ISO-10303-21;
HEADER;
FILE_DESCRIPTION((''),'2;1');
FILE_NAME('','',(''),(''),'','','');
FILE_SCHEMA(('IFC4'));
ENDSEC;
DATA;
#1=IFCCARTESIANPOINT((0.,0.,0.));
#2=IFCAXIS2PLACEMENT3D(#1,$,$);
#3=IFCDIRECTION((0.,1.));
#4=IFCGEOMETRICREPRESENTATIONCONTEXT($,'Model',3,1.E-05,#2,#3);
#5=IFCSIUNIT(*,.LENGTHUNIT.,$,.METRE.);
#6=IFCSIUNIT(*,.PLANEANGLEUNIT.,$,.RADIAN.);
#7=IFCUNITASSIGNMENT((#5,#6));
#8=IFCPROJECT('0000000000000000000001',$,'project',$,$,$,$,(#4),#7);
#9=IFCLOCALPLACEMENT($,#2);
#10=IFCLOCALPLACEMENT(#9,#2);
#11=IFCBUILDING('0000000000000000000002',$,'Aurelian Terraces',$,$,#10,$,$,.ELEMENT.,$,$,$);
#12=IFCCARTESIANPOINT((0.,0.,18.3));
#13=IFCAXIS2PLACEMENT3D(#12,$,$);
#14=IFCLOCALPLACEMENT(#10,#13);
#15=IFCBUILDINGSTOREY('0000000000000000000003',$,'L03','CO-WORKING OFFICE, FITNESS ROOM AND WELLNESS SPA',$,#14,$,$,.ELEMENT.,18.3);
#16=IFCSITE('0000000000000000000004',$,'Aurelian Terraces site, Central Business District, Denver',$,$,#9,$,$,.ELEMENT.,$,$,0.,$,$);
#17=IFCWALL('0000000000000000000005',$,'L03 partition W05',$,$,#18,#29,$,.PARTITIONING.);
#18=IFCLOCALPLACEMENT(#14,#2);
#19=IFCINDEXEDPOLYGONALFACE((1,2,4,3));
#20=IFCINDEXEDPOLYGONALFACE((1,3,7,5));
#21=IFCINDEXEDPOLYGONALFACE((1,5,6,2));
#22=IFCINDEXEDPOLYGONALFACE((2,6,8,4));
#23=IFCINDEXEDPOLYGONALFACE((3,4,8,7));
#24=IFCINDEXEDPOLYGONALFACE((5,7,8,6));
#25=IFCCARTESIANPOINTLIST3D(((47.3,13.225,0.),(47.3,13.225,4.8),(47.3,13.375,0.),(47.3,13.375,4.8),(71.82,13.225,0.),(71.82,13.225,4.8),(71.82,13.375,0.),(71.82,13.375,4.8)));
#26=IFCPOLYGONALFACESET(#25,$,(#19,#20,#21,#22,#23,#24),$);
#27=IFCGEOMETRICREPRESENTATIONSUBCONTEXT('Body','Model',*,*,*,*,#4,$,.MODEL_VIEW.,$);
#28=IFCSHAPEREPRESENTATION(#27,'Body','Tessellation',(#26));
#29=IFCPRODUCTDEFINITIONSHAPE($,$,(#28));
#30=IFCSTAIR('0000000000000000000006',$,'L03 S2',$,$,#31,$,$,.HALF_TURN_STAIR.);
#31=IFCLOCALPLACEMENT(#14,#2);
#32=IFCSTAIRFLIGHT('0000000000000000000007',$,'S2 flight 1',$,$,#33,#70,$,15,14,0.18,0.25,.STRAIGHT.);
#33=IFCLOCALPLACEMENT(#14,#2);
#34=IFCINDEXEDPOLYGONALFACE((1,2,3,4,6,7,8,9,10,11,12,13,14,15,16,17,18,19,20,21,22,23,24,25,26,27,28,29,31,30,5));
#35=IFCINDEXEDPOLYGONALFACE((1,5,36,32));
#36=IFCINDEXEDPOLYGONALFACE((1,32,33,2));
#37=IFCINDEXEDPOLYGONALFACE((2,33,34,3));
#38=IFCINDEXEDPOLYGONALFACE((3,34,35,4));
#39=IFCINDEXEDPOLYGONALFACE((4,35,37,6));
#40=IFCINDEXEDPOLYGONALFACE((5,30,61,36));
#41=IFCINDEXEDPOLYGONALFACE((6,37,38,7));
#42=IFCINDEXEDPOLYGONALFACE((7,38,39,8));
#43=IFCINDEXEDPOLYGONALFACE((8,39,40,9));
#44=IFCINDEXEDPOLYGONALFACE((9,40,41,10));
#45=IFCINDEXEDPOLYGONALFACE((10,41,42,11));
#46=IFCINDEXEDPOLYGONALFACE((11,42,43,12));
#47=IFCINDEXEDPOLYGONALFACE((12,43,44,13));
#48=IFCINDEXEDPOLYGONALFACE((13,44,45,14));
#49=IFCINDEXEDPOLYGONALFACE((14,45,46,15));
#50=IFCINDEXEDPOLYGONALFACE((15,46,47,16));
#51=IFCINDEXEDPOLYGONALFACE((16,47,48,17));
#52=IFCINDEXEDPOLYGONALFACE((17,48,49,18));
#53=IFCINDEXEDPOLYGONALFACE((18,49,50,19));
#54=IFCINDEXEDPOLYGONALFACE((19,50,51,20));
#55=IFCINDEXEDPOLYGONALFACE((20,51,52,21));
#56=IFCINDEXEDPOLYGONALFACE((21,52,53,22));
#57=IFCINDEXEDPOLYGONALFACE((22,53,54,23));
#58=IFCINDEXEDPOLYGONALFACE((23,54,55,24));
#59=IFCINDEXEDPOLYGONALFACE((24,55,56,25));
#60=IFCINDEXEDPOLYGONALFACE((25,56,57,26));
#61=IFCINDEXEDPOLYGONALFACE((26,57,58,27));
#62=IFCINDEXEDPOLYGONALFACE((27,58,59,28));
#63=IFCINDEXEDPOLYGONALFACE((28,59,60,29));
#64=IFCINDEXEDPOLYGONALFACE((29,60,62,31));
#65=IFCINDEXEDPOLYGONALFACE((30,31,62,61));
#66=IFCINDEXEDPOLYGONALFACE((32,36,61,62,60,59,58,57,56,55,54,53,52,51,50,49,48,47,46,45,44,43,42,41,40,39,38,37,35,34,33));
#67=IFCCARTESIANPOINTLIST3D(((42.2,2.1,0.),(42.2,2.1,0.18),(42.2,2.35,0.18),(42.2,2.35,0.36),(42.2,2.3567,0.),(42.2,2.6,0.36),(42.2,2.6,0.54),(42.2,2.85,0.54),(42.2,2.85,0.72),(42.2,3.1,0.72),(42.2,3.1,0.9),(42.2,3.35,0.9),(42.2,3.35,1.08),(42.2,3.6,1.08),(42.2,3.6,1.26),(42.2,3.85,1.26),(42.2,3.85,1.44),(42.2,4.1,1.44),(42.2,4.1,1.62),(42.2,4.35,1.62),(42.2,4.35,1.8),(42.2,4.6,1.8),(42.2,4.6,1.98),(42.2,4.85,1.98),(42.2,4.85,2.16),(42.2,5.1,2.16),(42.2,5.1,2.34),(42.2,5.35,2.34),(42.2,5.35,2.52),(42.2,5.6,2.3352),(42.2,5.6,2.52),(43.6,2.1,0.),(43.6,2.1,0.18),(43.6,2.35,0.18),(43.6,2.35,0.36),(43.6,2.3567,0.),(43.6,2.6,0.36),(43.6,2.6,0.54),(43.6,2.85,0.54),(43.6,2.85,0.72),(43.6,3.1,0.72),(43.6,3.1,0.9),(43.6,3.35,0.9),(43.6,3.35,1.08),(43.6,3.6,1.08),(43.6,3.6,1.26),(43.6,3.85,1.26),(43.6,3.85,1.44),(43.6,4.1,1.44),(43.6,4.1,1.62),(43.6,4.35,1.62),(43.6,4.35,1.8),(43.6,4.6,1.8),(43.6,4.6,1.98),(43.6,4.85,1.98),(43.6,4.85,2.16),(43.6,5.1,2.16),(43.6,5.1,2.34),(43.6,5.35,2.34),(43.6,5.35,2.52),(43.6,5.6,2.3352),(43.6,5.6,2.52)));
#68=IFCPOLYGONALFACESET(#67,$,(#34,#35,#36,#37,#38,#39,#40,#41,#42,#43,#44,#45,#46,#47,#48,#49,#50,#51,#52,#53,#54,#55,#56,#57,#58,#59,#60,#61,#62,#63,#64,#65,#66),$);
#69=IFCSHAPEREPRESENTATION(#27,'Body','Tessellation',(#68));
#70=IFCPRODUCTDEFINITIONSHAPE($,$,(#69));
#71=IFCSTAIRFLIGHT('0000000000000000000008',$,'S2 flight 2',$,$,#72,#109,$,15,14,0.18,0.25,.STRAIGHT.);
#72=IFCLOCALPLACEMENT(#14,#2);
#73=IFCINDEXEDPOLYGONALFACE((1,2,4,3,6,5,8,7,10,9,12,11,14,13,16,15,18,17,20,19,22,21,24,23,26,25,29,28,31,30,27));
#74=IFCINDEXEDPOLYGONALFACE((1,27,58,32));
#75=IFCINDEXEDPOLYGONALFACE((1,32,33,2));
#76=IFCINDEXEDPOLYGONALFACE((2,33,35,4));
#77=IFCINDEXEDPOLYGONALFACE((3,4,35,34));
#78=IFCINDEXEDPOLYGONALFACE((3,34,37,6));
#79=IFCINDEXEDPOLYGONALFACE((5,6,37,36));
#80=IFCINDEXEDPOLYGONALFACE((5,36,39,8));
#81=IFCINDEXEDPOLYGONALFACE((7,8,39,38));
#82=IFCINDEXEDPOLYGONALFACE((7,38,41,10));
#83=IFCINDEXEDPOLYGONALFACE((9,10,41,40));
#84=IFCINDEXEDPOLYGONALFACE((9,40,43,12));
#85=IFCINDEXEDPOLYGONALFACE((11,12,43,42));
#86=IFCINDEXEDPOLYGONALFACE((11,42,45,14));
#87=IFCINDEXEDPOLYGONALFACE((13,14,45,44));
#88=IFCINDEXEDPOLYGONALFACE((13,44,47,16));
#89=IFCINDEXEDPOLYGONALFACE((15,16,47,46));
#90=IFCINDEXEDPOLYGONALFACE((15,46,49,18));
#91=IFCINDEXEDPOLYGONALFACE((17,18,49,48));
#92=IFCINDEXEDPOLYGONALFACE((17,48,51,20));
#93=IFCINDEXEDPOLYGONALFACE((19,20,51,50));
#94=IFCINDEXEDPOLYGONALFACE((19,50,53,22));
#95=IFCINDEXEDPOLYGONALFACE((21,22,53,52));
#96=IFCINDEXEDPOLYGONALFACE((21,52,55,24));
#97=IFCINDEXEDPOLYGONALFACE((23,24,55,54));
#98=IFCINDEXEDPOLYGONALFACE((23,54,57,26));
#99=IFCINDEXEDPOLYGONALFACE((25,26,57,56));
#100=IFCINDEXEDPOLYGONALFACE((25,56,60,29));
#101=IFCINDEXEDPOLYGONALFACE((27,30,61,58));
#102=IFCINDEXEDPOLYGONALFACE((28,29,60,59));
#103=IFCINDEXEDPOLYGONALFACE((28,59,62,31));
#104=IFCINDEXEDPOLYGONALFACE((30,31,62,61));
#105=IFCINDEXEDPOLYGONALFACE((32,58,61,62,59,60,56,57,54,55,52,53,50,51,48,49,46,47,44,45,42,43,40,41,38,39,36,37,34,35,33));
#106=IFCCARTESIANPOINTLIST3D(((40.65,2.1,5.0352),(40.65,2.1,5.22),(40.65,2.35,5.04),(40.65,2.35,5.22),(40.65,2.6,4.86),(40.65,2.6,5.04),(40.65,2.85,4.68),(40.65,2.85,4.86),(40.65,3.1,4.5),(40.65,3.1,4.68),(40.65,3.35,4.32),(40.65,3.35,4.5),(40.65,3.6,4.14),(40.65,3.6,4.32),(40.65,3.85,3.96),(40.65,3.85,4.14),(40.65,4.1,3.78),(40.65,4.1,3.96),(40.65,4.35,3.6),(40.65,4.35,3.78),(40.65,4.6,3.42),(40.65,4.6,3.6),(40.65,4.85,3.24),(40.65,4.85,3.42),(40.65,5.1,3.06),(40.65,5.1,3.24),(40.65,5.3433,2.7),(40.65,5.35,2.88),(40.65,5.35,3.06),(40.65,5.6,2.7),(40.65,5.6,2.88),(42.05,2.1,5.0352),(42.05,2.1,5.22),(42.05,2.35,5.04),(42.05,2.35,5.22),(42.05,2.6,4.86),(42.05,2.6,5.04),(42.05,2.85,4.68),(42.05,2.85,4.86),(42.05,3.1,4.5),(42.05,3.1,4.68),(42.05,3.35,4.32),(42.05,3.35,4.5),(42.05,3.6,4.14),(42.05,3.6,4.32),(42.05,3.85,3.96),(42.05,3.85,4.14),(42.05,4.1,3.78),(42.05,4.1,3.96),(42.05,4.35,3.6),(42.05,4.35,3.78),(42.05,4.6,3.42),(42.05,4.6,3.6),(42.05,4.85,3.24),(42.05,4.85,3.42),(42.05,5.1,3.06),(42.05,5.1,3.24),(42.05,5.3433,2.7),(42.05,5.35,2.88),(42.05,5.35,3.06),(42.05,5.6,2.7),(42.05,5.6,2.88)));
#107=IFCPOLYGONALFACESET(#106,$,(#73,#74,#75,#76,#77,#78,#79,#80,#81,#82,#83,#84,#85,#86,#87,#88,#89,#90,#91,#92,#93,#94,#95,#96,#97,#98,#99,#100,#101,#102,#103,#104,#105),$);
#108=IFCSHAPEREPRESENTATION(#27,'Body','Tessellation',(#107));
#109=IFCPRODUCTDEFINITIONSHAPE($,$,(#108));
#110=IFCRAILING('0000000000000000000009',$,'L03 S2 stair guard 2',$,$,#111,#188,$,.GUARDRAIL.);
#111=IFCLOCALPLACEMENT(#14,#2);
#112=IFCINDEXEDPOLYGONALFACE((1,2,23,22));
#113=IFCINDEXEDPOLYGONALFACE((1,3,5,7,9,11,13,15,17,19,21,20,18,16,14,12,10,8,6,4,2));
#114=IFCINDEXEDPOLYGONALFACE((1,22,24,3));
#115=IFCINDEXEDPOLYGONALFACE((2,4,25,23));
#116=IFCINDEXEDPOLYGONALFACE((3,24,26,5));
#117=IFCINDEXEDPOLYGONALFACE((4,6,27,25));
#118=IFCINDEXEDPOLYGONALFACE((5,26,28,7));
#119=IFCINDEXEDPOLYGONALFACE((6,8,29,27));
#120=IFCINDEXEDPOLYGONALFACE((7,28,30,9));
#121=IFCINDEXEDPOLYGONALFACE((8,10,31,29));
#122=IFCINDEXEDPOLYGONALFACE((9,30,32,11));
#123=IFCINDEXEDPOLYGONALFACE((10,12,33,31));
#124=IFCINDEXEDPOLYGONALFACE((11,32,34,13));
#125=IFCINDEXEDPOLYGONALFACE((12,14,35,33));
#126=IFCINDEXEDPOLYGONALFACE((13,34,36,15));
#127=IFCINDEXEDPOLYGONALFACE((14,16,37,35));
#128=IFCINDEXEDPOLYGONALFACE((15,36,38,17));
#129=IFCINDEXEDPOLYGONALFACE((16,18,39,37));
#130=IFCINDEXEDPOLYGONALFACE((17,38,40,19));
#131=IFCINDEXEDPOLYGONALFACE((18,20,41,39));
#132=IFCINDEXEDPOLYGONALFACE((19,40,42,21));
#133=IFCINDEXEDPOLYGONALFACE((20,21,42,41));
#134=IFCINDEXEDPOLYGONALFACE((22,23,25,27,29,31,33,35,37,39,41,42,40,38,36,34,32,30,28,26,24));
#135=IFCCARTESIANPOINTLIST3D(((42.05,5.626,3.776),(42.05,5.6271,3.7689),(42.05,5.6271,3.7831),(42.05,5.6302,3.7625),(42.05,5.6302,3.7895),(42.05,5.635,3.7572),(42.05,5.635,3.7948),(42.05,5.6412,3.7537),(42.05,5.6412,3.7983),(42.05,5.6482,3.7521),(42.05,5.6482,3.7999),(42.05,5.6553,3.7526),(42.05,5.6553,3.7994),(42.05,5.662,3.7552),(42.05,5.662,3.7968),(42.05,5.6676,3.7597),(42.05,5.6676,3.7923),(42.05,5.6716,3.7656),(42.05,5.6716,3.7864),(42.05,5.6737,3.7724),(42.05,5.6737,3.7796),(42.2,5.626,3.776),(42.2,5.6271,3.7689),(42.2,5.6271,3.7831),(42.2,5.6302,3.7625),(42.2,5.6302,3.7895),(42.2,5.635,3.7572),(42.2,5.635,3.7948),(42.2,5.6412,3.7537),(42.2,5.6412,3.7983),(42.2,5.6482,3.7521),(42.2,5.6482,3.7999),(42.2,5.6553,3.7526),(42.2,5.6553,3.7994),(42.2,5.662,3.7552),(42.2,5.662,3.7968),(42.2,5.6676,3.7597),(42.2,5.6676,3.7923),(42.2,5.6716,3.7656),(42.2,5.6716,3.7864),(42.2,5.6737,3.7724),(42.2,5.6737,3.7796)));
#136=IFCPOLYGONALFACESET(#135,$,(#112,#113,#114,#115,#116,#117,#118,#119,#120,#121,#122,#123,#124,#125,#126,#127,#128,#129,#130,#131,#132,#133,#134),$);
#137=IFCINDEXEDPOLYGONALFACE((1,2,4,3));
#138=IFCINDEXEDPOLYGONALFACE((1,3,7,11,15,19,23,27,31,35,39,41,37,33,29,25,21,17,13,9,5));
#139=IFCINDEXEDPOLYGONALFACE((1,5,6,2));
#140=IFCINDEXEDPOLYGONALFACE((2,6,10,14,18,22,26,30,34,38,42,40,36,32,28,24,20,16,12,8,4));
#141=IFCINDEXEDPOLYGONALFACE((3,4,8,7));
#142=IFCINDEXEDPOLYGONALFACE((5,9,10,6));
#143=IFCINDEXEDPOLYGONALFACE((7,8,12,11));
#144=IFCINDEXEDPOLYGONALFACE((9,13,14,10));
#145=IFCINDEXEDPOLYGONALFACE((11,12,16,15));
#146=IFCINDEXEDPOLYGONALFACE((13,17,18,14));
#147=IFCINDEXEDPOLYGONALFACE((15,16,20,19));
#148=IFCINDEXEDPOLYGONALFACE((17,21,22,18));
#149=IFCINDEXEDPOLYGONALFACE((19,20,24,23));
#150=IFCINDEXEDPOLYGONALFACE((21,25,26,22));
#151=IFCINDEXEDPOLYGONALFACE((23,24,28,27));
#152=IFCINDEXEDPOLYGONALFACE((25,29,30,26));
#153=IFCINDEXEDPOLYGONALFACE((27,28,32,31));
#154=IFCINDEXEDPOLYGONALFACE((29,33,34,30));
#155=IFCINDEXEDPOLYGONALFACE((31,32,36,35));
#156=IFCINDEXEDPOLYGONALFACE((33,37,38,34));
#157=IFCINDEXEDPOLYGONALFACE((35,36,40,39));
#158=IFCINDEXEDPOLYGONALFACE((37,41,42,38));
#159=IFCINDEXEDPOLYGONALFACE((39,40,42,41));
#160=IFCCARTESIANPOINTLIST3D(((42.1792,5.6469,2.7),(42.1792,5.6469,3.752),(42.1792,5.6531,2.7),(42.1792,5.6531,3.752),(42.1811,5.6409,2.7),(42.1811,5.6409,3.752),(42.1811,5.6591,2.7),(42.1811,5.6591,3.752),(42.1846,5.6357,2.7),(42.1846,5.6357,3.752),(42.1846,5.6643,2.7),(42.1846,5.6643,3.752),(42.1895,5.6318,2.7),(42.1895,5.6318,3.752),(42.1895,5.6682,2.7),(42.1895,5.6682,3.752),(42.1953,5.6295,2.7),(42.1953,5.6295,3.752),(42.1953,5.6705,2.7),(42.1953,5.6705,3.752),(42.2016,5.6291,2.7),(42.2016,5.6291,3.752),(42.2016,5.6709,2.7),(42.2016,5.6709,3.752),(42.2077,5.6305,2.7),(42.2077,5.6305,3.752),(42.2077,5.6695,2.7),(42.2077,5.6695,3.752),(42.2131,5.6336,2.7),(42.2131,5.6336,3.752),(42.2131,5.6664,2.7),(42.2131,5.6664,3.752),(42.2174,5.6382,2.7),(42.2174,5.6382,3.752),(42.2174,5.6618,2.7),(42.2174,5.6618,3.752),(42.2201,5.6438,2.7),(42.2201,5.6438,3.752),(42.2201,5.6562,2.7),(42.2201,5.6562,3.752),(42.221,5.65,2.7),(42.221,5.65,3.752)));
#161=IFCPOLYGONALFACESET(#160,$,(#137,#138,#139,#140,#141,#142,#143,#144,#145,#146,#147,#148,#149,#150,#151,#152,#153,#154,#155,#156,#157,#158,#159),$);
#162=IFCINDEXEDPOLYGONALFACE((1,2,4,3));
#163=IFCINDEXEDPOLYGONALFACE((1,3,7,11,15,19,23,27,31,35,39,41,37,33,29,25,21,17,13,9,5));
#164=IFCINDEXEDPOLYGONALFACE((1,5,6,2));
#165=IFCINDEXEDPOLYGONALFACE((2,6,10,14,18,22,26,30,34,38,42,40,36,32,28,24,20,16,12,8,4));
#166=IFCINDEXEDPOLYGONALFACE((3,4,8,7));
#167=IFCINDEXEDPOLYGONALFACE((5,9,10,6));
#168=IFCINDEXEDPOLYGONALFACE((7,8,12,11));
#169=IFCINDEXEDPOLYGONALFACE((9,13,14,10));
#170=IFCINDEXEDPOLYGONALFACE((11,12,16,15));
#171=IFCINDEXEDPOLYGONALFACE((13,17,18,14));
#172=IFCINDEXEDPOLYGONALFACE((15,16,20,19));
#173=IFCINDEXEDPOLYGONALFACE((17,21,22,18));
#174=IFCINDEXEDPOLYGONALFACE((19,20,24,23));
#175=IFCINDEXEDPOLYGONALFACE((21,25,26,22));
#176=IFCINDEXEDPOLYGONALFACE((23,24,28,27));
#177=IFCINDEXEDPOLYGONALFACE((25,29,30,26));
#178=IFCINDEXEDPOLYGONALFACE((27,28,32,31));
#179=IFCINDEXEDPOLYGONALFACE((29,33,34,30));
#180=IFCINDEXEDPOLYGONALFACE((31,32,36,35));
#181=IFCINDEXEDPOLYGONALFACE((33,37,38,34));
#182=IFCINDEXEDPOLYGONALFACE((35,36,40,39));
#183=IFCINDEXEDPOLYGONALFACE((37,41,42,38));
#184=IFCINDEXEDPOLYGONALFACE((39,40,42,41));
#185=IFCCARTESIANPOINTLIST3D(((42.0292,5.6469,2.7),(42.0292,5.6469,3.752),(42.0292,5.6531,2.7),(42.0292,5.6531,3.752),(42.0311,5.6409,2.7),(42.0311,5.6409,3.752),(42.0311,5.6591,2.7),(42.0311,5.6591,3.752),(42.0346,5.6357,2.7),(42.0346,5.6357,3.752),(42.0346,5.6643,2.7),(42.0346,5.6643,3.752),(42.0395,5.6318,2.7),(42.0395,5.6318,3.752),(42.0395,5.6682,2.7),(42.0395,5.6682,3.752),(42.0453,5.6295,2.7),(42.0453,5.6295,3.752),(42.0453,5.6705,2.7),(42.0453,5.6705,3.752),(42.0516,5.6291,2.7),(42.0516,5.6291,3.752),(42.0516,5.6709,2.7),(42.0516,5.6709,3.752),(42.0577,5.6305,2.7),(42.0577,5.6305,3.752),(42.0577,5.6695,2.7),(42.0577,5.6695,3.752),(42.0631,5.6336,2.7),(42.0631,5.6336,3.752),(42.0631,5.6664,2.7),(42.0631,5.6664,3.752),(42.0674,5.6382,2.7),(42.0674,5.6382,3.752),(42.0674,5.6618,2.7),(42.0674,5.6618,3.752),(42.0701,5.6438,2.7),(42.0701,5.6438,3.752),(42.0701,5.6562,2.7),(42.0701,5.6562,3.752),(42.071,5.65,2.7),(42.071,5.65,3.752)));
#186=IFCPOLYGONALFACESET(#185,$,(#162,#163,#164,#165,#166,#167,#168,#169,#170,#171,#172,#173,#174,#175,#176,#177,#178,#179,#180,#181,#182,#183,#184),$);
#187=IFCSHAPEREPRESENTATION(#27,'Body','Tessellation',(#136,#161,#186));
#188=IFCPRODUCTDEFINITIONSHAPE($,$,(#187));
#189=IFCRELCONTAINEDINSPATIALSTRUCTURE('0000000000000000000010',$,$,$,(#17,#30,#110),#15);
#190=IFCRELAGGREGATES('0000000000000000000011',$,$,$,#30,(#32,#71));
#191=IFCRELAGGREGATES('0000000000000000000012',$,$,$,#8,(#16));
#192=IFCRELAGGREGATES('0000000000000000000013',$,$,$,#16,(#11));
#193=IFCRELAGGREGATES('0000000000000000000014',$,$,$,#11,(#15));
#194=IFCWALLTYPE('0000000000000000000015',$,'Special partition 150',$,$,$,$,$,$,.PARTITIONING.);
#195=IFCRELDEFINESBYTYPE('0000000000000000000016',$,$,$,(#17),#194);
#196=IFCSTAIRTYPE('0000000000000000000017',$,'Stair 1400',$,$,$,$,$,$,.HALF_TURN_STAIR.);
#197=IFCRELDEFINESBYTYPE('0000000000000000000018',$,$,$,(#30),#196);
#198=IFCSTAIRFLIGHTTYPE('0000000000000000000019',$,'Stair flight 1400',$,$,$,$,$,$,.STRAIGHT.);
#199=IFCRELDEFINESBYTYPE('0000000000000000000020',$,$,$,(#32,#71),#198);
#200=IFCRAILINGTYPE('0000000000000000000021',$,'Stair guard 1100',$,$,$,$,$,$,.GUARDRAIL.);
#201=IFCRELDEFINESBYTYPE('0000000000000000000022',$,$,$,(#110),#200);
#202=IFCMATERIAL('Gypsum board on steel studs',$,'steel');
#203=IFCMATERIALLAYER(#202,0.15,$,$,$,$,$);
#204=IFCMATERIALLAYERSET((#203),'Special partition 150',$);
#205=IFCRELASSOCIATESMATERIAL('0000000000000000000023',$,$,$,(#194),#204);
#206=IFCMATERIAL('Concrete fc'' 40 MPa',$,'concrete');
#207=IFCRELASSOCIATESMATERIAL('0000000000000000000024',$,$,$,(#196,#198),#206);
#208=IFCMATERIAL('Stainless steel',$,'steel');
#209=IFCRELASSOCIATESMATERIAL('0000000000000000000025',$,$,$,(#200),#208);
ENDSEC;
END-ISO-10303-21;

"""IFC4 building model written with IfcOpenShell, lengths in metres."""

from ifc_helpers import new_model, si_unit, direction, frame, frame_2d, origin, origin_2d, place, context, subcontext, project, spatial, polyline, rectangle, circle, outline, extrude, source, transform, mapped, material, layer, layer_set, type_object, element, aggregate, save


model = new_model("IFC4")

# Units and contexts
model_context = context("Model", 3, precision=1e-05, world=origin(), true_north=direction((0.0, 1.0)))
body_context = subcontext(model_context, "Body", "Model", "MODEL_VIEW")
ifc_project = project(units=[si_unit("LENGTHUNIT", "METRE"), si_unit("PLANEANGLEUNIT", "RADIAN")], contexts=[model_context])

# Site, building, storey
site_placement = place(None, origin())
site = spatial("IfcSite", under=ifc_project, at=site_placement, Name="Aurelian Terraces site, Central Business District, Denver", CompositionType="ELEMENT", RefElevation=0.0)
building_placement = place(site_placement, origin())
building = spatial("IfcBuilding", under=site, at=building_placement, Name="Aurelian Terraces", CompositionType="ELEMENT")
storey_placement = place(building_placement, frame((0.0, 0.0, 18.3)))
storey = spatial("IfcBuildingStorey", under=building, at=storey_placement, Name="L03", Description="CO-WORKING OFFICE, FITNESS ROOM AND WELLNESS SPA", CompositionType="ELEMENT", Elevation=18.3)

# Shared definitions
ifc_material_1 = material(Name="Concrete fc' 40 MPa", Category="concrete")

# Shared definitions
ifc_material_2 = material(Name="Gypsum board on steel studs", Category="steel")

# Shared definitions
ifc_layer_1 = layer(ifc_material_2, 0.15)
ifc_layer_set_1 = layer_set([ifc_layer_1], Name="Special partition 150")
wall_type_1 = type_object("IfcWallType", Name="Special partition 150", PredefinedType="PARTITIONING", material=ifc_layer_set_1)

# Wall
shared_shape_1 = source(origin(), body_context, "Body", "SweptSolid", [
    extrude(rectangle(XDim=24.52, YDim=0.15, at=frame_2d((12.26, 0.0))), origin(), (0.0, 0.0, 1.0), 4.8),
])
wall_1_placement = place(storey_placement, frame((47.3, 13.3, 0.0), z_axis=(0.0, 0.0, 1.0), x_axis=(1.0, 0.0, 0.0)))
element("IfcWall", 1, at=wall_1_placement, inside=storey, type_object=wall_type_1, Name="L03 partition W05", PredefinedType="PARTITIONING", context=body_context, shape_type="MappedRepresentation", body=[
    mapped(shared_shape_1, transform((0.0, 0.0, 0.0), scale=1.0)),
])

# Stair, stair flights
stair_type = type_object("IfcStairType", Name="Stair 1400", PredefinedType="HALF_TURN_STAIR", material=ifc_material_1)
stair_placement = place(storey_placement, origin())
stair = element("IfcStair", 2, at=stair_placement, inside=storey, type_object=stair_type, Name="L03 S2", PredefinedType="HALF_TURN_STAIR")
stair_flight_type = type_object("IfcStairFlightType", Name="Stair flight 1400", PredefinedType="STRAIGHT", material=ifc_material_1)
shared_shape_2 = source(origin(), body_context, "Body", "SweptSolid", [
    extrude(outline(polyline([(0.0, 0.0), (0.0, 0.18), (0.25, 0.18), (0.25, 0.36), (0.5, 0.36), (0.5, 0.54), (0.75, 0.54), (0.75, 0.72), (1.0, 0.72), (1.0, 0.9), (1.25, 0.9), (1.25, 1.08), (1.5, 1.08), (1.5, 1.26), (1.75, 1.26), (1.75, 1.44), (2.0, 1.44), (2.0, 1.62), (2.25, 1.62), (2.25, 1.8), (2.5, 1.8), (2.5, 1.98), (2.75, 1.98), (2.75, 2.16), (3.0, 2.16), (3.0, 2.34), (3.25, 2.34), (3.25, 2.52), (3.5, 2.52), (3.5, 2.7), (3.5, 2.3352), (0.2567, 0.0), (0.0, 0.0)])), frame((0.0, 0.7, 0.0), z_axis=(0.0, -1.0, 0.0), x_axis=(1.0, 0.0, 0.0)), (0.0, 0.0, 1.0), 1.4),
])
stair_flight_1_placement = place(storey_placement, frame((42.9, 2.1, 0.0), z_axis=(0.0, 0.0, 1.0), x_axis=(0.0, 1.0, 0.0)))
stair_flight_1 = element("IfcStairFlight", 3, at=stair_flight_1_placement, type_object=stair_flight_type, Name="S2 flight 1", NumberOfRisers=15, NumberOfTreads=14, PredefinedType="STRAIGHT", RiserHeight=0.18, TreadLength=0.25, context=body_context, shape_type="MappedRepresentation", body=[
    mapped(shared_shape_2, transform((0.0, 0.0, 0.0), scale=1.0)),
])
stair_flight_2_placement = place(storey_placement, frame((41.35, 5.6, 2.7), z_axis=(0.0, 0.0, 1.0), x_axis=(0.0, -1.0, 0.0)))
stair_flight_2 = element("IfcStairFlight", 4, at=stair_flight_2_placement, type_object=stair_flight_type, Name="S2 flight 2", NumberOfRisers=15, NumberOfTreads=14, PredefinedType="STRAIGHT", RiserHeight=0.18, TreadLength=0.25, context=body_context, shape_type="MappedRepresentation", body=[
    mapped(shared_shape_2, transform((0.0, 0.0, 0.0), scale=1.0)),
])
aggregate(stair, [stair_flight_1, stair_flight_2])

# Railing
ifc_material_3 = material(Name="Stainless steel", Category="steel")
railing_type_1 = type_object("IfcRailingType", Name="Stair guard 1100", PredefinedType="GUARDRAIL", material=ifc_material_3)
shared_shape_3 = source(origin(), body_context, "Body", "SweptSolid", [
    extrude(circle(Radius=0.024, at=origin_2d()), frame((0.0, 0.0, 1.076), z_axis=(-1.0, 0.0, 0.0), x_axis=(0.0, -1.0, 0.0)), (0.0, 0.0, 1.0), 0.15),
    extrude(circle(Radius=0.021, at=origin_2d()), origin(), (0.0, 0.0, 1.0), 1.052),
    extrude(circle(Radius=0.021, at=origin_2d()), frame((-0.15, 0.0, 0.0)), (0.0, 0.0, 1.0), 1.052),
])
for number, where, name in (
    (5, (42.2, 5.65, 2.7), "L03 S2 stair guard 2"),
):
    element("IfcRailing", number, at=place(storey_placement, frame(where)), inside=storey, type_object=railing_type_1, Name=name, PredefinedType="GUARDRAIL", context=body_context, shape_type="MappedRepresentation", body=[
        mapped(shared_shape_3, transform((0.0, 0.0, 0.0), scale=1.0)),
    ])

save(model, "model.ifc")
